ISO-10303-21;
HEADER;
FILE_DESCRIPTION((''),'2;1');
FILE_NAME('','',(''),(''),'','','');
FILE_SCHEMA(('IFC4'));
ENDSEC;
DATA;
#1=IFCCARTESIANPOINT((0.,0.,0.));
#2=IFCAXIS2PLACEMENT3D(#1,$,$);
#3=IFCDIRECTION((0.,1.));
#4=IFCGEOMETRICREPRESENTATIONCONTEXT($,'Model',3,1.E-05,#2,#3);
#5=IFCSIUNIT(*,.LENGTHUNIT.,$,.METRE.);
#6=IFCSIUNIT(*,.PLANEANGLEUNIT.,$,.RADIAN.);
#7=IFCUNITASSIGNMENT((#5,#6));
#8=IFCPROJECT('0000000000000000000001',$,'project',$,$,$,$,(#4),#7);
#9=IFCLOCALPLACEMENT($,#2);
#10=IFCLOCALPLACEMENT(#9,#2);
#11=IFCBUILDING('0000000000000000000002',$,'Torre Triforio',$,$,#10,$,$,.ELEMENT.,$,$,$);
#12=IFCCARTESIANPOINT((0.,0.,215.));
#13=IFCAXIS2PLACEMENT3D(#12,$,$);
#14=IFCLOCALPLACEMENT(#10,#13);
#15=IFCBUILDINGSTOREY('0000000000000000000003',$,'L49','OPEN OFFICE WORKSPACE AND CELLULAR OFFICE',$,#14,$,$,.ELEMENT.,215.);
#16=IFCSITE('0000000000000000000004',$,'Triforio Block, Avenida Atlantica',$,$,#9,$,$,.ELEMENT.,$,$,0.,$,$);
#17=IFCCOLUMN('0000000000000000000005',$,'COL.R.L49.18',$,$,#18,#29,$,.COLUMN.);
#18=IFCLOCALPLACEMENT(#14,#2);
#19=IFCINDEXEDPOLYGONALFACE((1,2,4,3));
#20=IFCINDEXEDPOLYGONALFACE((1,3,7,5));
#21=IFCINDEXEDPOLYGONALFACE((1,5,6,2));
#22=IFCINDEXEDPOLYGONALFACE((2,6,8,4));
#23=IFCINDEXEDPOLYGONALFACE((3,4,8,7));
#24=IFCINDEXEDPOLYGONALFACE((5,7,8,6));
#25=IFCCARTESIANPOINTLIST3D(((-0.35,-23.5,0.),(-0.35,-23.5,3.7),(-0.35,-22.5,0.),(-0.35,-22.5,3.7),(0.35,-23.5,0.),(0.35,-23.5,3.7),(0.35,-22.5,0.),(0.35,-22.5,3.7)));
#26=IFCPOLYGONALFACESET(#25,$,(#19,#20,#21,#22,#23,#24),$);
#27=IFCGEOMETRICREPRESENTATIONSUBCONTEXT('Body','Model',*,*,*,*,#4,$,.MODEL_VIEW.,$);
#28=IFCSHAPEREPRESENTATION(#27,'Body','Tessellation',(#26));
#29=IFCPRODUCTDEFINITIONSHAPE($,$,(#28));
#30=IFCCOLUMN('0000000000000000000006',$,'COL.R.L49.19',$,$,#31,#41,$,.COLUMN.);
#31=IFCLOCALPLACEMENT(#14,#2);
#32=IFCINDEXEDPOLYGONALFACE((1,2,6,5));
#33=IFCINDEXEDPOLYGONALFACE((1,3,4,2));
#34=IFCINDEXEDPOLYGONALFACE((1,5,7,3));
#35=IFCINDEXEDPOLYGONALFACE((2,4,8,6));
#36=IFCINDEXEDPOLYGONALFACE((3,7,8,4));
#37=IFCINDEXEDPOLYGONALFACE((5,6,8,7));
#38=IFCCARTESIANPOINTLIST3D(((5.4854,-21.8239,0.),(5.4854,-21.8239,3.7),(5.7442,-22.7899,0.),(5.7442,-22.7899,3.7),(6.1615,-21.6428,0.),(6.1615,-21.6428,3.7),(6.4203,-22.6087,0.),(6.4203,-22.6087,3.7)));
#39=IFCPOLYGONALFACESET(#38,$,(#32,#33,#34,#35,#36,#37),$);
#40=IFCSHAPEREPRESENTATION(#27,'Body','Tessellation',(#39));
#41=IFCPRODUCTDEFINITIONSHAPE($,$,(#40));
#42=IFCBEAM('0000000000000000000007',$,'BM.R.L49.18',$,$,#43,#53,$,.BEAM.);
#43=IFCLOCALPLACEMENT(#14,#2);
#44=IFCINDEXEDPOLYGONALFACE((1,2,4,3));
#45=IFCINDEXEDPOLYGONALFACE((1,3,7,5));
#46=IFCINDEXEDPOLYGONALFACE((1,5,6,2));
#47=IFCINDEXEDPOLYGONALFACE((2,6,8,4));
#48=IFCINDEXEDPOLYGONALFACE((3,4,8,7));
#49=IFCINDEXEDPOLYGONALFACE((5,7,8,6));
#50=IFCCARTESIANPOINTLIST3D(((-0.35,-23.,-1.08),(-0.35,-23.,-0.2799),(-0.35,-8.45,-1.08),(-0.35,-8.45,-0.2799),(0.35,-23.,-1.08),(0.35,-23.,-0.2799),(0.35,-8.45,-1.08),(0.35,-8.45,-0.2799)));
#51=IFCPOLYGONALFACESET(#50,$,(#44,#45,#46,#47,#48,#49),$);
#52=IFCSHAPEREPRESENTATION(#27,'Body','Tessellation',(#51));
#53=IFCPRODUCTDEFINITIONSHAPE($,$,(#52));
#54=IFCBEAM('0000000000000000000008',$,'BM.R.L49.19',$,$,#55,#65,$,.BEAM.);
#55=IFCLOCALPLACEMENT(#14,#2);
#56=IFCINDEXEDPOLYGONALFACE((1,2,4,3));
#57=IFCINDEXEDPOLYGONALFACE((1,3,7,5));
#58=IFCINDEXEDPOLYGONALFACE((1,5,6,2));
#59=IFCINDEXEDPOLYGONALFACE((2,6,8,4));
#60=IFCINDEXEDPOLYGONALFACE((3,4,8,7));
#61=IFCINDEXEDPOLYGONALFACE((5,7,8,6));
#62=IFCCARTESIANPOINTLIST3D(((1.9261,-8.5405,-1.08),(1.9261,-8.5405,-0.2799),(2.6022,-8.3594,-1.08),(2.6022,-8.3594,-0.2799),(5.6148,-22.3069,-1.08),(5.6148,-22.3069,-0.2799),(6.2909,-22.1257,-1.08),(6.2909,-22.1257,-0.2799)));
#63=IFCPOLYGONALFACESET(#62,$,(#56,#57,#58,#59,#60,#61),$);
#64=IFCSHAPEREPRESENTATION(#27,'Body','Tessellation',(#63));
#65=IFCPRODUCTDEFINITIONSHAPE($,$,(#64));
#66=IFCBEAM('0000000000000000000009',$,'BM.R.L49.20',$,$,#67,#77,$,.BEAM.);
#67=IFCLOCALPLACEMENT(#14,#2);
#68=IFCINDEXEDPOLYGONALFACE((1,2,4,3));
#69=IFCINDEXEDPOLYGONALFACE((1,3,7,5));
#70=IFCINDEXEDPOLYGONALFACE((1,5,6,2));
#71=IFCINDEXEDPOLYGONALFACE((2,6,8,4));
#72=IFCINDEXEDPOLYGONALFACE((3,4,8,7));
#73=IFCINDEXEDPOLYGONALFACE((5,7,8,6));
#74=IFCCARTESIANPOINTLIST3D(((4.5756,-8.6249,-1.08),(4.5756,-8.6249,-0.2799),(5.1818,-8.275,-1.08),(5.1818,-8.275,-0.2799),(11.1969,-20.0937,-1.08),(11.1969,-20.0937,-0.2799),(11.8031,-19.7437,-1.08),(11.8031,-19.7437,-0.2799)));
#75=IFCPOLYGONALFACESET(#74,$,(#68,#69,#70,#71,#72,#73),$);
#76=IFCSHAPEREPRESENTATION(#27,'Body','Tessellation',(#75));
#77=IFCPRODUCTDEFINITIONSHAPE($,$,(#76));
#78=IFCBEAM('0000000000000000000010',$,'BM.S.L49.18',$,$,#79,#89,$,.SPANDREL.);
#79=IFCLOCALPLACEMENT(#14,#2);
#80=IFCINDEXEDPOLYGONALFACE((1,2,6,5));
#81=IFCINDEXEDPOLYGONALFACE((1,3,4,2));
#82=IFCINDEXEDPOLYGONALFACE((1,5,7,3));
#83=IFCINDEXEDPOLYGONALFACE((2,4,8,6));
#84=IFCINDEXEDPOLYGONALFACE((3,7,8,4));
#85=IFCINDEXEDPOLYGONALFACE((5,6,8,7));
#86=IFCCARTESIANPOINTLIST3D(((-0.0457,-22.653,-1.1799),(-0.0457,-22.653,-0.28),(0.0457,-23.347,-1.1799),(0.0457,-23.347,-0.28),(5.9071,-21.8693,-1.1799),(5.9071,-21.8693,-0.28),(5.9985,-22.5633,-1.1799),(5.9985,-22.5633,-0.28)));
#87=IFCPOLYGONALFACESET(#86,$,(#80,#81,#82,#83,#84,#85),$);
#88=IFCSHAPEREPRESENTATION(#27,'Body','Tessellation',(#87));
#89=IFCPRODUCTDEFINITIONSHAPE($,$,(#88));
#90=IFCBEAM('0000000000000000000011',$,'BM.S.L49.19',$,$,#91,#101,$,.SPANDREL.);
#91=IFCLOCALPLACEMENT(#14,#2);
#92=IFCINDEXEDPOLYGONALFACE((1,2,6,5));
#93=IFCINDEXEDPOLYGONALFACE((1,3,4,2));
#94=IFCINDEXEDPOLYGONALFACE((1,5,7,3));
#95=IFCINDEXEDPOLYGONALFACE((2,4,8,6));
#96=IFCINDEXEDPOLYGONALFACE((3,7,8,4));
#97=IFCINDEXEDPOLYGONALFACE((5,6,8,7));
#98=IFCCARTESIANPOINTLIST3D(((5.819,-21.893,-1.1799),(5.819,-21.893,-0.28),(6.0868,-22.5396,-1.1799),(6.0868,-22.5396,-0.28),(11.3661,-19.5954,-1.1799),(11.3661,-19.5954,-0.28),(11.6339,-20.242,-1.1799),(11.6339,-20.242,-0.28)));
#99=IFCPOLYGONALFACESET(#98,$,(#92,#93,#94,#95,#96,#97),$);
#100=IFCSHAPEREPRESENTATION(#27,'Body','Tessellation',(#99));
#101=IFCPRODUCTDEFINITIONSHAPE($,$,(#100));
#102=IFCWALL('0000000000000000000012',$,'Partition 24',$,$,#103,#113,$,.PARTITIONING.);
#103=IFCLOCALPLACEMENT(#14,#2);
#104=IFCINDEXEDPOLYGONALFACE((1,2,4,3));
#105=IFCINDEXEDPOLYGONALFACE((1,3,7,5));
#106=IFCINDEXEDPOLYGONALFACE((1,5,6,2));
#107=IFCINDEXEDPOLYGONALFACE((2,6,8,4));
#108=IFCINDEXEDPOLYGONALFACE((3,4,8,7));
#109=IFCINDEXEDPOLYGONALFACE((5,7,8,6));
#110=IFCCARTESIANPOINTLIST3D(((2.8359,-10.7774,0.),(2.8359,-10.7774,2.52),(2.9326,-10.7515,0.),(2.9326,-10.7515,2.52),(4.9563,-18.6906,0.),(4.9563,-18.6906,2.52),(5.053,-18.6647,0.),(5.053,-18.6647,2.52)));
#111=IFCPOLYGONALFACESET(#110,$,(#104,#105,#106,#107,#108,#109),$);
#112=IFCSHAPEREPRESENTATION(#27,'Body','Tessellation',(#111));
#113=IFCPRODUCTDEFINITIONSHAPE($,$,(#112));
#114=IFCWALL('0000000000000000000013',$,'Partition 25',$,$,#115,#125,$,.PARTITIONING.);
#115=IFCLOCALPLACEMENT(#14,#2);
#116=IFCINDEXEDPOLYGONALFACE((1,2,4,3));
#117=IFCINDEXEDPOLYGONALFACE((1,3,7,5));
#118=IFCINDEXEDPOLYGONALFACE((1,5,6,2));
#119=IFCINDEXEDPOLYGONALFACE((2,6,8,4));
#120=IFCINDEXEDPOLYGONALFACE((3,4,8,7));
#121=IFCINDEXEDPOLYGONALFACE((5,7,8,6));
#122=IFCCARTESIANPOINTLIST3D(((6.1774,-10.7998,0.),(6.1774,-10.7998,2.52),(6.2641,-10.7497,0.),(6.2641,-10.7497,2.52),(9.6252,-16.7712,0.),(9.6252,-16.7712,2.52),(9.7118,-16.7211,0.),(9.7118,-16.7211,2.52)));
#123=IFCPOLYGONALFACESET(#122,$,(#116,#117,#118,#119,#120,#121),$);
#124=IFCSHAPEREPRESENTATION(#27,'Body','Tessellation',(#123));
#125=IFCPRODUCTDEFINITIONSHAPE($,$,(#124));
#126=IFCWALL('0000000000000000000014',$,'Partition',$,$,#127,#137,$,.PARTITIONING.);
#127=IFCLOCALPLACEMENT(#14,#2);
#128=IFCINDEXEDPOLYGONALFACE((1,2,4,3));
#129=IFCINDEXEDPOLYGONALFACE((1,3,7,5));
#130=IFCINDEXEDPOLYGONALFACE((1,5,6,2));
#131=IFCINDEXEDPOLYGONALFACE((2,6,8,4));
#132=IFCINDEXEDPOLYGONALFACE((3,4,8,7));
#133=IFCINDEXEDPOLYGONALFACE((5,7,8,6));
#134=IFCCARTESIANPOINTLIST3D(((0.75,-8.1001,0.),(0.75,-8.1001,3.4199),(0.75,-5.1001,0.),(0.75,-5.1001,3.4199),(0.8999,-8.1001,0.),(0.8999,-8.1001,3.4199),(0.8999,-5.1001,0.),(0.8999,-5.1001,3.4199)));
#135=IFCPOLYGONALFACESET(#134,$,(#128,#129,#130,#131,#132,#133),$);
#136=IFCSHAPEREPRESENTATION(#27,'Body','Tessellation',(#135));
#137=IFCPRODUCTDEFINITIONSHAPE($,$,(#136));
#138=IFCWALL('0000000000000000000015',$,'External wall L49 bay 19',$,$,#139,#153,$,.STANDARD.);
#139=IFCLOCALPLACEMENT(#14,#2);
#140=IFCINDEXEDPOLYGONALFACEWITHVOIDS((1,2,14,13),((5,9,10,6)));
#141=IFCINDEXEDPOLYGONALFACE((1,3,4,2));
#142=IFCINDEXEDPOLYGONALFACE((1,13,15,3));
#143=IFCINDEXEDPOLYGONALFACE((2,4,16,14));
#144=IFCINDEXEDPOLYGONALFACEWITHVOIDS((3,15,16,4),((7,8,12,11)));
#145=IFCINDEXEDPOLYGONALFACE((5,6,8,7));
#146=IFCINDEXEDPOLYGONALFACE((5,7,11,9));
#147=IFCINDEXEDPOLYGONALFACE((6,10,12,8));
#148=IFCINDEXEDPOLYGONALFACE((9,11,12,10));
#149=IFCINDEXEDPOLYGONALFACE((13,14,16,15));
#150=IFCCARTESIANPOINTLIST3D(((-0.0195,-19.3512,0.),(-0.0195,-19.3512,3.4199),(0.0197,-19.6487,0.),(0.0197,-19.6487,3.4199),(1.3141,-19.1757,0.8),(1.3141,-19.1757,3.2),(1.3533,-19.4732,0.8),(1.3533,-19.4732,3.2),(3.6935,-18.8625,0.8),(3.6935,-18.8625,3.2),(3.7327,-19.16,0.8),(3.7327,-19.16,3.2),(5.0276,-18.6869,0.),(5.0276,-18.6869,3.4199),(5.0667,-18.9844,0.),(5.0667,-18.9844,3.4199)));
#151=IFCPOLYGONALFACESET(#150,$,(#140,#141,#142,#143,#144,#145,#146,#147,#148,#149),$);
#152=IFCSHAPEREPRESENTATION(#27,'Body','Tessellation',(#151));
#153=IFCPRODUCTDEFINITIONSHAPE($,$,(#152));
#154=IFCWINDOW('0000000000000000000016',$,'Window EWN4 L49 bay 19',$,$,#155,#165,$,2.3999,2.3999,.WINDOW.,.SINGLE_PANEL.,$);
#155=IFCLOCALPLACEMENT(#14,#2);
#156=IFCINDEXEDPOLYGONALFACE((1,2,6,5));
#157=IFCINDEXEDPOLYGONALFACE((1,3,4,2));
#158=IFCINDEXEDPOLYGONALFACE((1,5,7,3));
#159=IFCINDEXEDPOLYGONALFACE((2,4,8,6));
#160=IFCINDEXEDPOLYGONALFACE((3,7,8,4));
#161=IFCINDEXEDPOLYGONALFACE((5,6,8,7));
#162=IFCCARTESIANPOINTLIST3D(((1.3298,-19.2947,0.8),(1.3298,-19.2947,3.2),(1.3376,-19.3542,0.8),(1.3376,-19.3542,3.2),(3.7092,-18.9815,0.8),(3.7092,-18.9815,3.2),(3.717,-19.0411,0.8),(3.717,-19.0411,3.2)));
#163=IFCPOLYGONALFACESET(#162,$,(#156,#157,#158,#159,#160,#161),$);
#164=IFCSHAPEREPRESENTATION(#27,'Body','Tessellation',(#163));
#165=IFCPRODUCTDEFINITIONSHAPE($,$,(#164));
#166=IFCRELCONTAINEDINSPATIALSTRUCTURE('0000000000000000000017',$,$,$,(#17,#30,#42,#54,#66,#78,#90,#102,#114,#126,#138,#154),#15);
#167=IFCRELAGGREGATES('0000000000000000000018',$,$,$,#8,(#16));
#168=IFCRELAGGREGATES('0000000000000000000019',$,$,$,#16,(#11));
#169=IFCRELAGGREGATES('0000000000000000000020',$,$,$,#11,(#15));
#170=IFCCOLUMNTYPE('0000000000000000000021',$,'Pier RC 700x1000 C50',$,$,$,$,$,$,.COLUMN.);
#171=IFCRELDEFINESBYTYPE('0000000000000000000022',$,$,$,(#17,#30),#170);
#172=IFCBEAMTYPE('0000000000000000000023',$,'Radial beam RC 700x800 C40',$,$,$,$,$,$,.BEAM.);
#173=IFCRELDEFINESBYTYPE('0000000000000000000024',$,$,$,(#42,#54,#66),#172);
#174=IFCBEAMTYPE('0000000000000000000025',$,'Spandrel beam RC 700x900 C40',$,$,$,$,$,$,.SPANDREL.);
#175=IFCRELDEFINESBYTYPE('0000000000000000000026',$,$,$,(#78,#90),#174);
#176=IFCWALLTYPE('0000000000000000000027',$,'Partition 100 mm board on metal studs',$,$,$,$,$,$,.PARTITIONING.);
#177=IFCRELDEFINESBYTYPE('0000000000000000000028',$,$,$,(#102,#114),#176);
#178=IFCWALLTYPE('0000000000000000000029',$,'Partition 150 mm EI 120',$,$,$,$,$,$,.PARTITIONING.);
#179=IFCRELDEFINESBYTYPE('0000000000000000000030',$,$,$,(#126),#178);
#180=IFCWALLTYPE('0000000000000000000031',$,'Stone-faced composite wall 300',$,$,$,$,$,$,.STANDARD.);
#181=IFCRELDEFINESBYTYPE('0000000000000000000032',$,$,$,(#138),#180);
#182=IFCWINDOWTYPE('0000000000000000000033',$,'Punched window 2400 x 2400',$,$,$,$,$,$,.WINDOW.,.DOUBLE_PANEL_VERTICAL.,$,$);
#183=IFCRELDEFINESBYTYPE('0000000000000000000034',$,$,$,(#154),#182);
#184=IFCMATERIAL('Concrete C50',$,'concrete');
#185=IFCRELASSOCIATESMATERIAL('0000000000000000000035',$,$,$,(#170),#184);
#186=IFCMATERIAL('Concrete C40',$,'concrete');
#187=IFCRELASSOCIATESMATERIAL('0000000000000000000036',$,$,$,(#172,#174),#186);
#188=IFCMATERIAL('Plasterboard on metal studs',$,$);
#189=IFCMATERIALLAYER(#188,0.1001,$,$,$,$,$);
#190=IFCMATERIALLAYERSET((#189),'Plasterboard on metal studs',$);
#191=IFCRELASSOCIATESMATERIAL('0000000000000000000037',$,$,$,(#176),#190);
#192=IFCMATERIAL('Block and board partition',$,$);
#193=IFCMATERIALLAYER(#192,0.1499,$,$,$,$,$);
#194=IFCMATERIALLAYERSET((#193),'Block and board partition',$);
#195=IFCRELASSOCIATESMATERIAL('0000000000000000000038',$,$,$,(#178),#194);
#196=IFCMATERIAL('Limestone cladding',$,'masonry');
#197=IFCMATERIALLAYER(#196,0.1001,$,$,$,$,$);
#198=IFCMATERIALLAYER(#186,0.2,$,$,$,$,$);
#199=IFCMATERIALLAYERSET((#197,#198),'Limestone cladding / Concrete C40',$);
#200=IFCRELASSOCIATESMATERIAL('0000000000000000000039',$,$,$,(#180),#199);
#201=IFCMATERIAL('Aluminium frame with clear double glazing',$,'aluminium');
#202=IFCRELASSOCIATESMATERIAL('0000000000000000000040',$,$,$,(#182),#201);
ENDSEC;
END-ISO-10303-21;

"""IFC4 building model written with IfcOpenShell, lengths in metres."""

from ifc_helpers import new_model, si_unit, direction, frame, frame_2d, origin, origin_2d, place, context, subcontext, project, spatial, rectangle, extrude, material, layer, layer_set, material_profile, profile_set, type_object, element, fill, save


model = new_model("IFC4")

# Units and contexts
model_context = context("Model", 3, precision=1e-05, world=origin(), true_north=direction((0.0, 1.0)))
body_context = subcontext(model_context, "Body", "Model", "MODEL_VIEW")
ifc_project = project(units=[si_unit("LENGTHUNIT", "METRE"), si_unit("PLANEANGLEUNIT", "RADIAN")], contexts=[model_context])

# Site, building, storey
site_placement = place(None, origin())
site = spatial("IfcSite", under=ifc_project, at=site_placement, Name="Triforio Block, Avenida Atlantica", CompositionType="ELEMENT", RefElevation=0.0)
building_placement = place(site_placement, origin())
building = spatial("IfcBuilding", under=site, at=building_placement, Name="Torre Triforio", CompositionType="ELEMENT")
storey_placement = place(building_placement, frame((0.0, 0.0, 215.0)))
storey = spatial("IfcBuildingStorey", under=building, at=storey_placement, Name="L49", Description="OPEN OFFICE WORKSPACE AND CELLULAR OFFICE", CompositionType="ELEMENT", Elevation=215.0)

# Columns
ifc_material_1 = material(Name="Concrete C50", Category="concrete")
ifc_material_profile_1 = material_profile(ifc_material_1, rectangle(XDim=0.7, YDim=1.0, at=origin_2d()), Name="RC 700x1000")
ifc_profile_set_1 = profile_set([ifc_material_profile_1], Name="Concrete C50")
column_type = type_object("IfcColumnType", Name="Pier RC 700x1000 C50", PredefinedType="COLUMN", material=ifc_profile_set_1)
for number, where, z_axis, x_axis, name in (
    (1, (0.0, -23.0, 0.0), (0.0, 0.0, 1.0), (1.0, 0.0, 0.0), "COL.R.L49.18"),
    (2, (5.9529, -22.2163, 0.0), (0.0, 0.0, 1.0), (0.965926, 0.258819, 0.0), "COL.R.L49.19"),
):
    element("IfcColumn", number, at=place(storey_placement, frame(where, z_axis=z_axis, x_axis=x_axis)), inside=storey, type_object=column_type, Name=name, PredefinedType="COLUMN", context=body_context, shape_type="SweptSolid", body=[
        extrude(rectangle(XDim=0.7, YDim=1.0, at=origin_2d()), origin(), (0.0, 0.0, 1.0), 3.7),
    ])

# Beams
ifc_material_2 = material(Name="Concrete C40", Category="concrete")
ifc_material_profile_2 = material_profile(ifc_material_2, rectangle(XDim=0.7, YDim=0.8, at=origin_2d()), Name="RC 700x800")
ifc_profile_set_2 = profile_set([ifc_material_profile_2], Name="Concrete C40")
beam_type_1 = type_object("IfcBeamType", Name="Radial beam RC 700x800 C40", PredefinedType="BEAM", material=ifc_profile_set_2)
beam_1_placement = place(storey_placement, frame((0.0, -8.45, -0.6799), z_axis=(0.0, -1.0, 0.0), x_axis=(1.0, 0.0, 0.0)))
element("IfcBeam", 3, at=beam_1_placement, inside=storey, type_object=beam_type_1, Name="BM.R.L49.18", PredefinedType="BEAM", context=body_context, shape_type="SweptSolid", body=[
    extrude(rectangle(XDim=0.7, YDim=0.8, at=origin_2d()), origin(), (0.0, 0.0, 1.0), 14.55),
])
beam_2_placement = place(storey_placement, frame((2.2642, -8.45, -0.6799), z_axis=(0.258821, -0.965925, 0.0), x_axis=(0.965925, 0.258821, 0.0)))
element("IfcBeam", 4, at=beam_2_placement, inside=storey, type_object=beam_type_1, Name="BM.R.L49.19", PredefinedType="BEAM", context=body_context, shape_type="SweptSolid", body=[
    extrude(rectangle(XDim=0.7, YDim=0.8, at=origin_2d()), origin(), (0.0, 0.0, 1.0), 14.252),
])
beam_3_placement = place(storey_placement, frame((4.8787, -8.45, -0.6799), z_axis=(0.499992, -0.86603, 0.0), x_axis=(0.86603, 0.499992, 0.0)))
element("IfcBeam", 5, at=beam_3_placement, inside=storey, type_object=beam_type_1, Name="BM.R.L49.20", PredefinedType="BEAM", context=body_context, shape_type="SweptSolid", body=[
    extrude(rectangle(XDim=0.7, YDim=0.8, at=origin_2d()), origin(), (0.0, 0.0, 1.0), 13.2429),
])
ifc_material_profile_3 = material_profile(ifc_material_2, rectangle(XDim=0.7, YDim=0.8999, at=origin_2d()), Name="RC 700x900")
ifc_profile_set_3 = profile_set([ifc_material_profile_3], Name="Concrete C40")
beam_type_2 = type_object("IfcBeamType", Name="Spandrel beam RC 700x900 C40", PredefinedType="SPANDREL", material=ifc_profile_set_3)
for number, where, z_axis, x_axis, name in (
    (6, (0.0, -23.0, -0.73), (0.991445, 0.130523, 0.0), (-0.130523, 0.991445, 0.0), "BM.S.L49.18"),
    (7, (5.9529, -22.2163, -0.73), (0.923885, 0.382671, 0.0), (-0.382671, 0.923885, 0.0), "BM.S.L49.19"),
):
    element("IfcBeam", number, at=place(storey_placement, frame(where, z_axis=z_axis, x_axis=x_axis)), inside=storey, type_object=beam_type_2, Name=name, PredefinedType="SPANDREL", context=body_context, shape_type="SweptSolid", body=[
        extrude(rectangle(XDim=0.7, YDim=0.8999, at=origin_2d()), origin(), (0.0, 0.0, 1.0), 6.0042),
    ])

# Walls
ifc_material_3 = material(Name="Plasterboard on metal studs")
ifc_layer_1 = layer(ifc_material_3, 0.1001)
ifc_layer_set_1 = layer_set([ifc_layer_1], Name="Plasterboard on metal studs")
wall_type_1 = type_object("IfcWallType", Name="Partition 100 mm board on metal studs", PredefinedType="PARTITIONING", material=ifc_layer_set_1)
wall_1_placement = place(storey_placement, frame((2.8843, -10.7644, 0.0), z_axis=(0.0, 0.0, 1.0), x_axis=(0.258818, -0.965926, 0.0)))
element("IfcWall", 8, at=wall_1_placement, inside=storey, type_object=wall_type_1, Name="Partition 24", PredefinedType="PARTITIONING", context=body_context, shape_type="SweptSolid", body=[
    extrude(rectangle(XDim=8.1924, YDim=0.1001, at=frame_2d((4.0962, 0.0))), origin(), (0.0, 0.0, 1.0), 2.52),
])
wall_2_placement = place(storey_placement, frame((6.2207, -10.7747, 0.0), z_axis=(0.0, 0.0, 1.0), x_axis=(0.500016, -0.866016, 0.0)))
element("IfcWall", 9, at=wall_2_placement, inside=storey, type_object=wall_type_1, Name="Partition 25", PredefinedType="PARTITIONING", context=body_context, shape_type="SweptSolid", body=[
    extrude(rectangle(XDim=6.8953, YDim=0.1001, at=frame_2d((3.4478, 0.0))), origin(), (0.0, 0.0, 1.0), 2.52),
])
ifc_material_4 = material(Name="Block and board partition")
ifc_layer_2 = layer(ifc_material_4, 0.1499)
ifc_layer_set_2 = layer_set([ifc_layer_2], Name="Block and board partition")
wall_type_2 = type_object("IfcWallType", Name="Partition 150 mm EI 120", PredefinedType="PARTITIONING", material=ifc_layer_set_2)
wall_3_placement = place(storey_placement, frame((0.825, -8.1001, 0.0), z_axis=(0.0, 0.0, 1.0), x_axis=(0.0, 1.0, 0.0)))
element("IfcWall", 10, at=wall_3_placement, inside=storey, type_object=wall_type_2, Name="Partition", PredefinedType="PARTITIONING", context=body_context, shape_type="SweptSolid", body=[
    extrude(rectangle(XDim=3.0, YDim=0.1499, at=frame_2d((1.5, 0.0))), origin(), (0.0, 0.0, 1.0), 3.4199),
])

# Wall, opening, window
ifc_material_5 = material(Name="Limestone cladding", Category="masonry")
ifc_layer_3 = layer(ifc_material_5, 0.1001)
ifc_layer_4 = layer(ifc_material_2, 0.2)
ifc_layer_set_3 = layer_set([ifc_layer_3, ifc_layer_4], Name="Limestone cladding / Concrete C40")
wall_type_3 = type_object("IfcWallType", Name="Stone-faced composite wall 300", PredefinedType="STANDARD", material=ifc_layer_set_3)
wall_4_placement = place(storey_placement, frame((0.0, -19.5, 0.0), z_axis=(0.0, 0.0, 1.0), x_axis=(0.991449, 0.130495, 0.0)))
wall_4 = element("IfcWall", 11, at=wall_4_placement, inside=storey, type_object=wall_type_3, Name="External wall L49 bay 19", PredefinedType="STANDARD", context=body_context, shape_type="SweptSolid", body=[
    extrude(rectangle(XDim=5.0906, YDim=0.3, at=frame_2d((2.5454, 0.0))), origin(), (0.0, 0.0, 1.0), 3.4199),
])
opening_1_placement = place(wall_4_placement, frame((1.3452, 0.0, 0.8)))
opening_1 = element("IfcOpeningElement", 12, at=opening_1_placement, cuts=wall_4, PredefinedType="OPENING", context=body_context, shape_type="SweptSolid", body=[
    extrude(rectangle(XDim=2.3999, YDim=2.3999, at=frame_2d((1.2, 1.2))), frame((0.0, 0.1599, 0.0), z_axis=(0.0, -1.0, 0.0), x_axis=(1.0, 0.0, 0.0)), (0.0, 0.0, 1.0), 0.3201),
])
ifc_material_6 = material(Name="Aluminium frame with clear double glazing", Category="aluminium")
window_type_1 = type_object("IfcWindowType", Name="Punched window 2400 x 2400", PartitioningType="DOUBLE_PANEL_VERTICAL", PredefinedType="WINDOW", material=ifc_material_6)
window_1_placement = place(opening_1_placement, origin())
window_1 = element("IfcWindow", 13, at=window_1_placement, inside=storey, type_object=window_type_1, Name="Window EWN4 L49 bay 19", OverallHeight=2.3999, OverallWidth=2.3999, PartitioningType="SINGLE_PANEL", PredefinedType="WINDOW", context=body_context, shape_type="SweptSolid", body=[
    extrude(rectangle(XDim=2.3999, YDim=2.3999, at=frame_2d((1.2, 1.2))), frame((0.0, 0.03, 0.0), z_axis=(0.0, -1.0, 0.0), x_axis=(1.0, 0.0, 0.0)), (0.0, 0.0, 1.0), 0.0601),
])
fill(opening_1, window_1)

save(model, "model.ifc")
